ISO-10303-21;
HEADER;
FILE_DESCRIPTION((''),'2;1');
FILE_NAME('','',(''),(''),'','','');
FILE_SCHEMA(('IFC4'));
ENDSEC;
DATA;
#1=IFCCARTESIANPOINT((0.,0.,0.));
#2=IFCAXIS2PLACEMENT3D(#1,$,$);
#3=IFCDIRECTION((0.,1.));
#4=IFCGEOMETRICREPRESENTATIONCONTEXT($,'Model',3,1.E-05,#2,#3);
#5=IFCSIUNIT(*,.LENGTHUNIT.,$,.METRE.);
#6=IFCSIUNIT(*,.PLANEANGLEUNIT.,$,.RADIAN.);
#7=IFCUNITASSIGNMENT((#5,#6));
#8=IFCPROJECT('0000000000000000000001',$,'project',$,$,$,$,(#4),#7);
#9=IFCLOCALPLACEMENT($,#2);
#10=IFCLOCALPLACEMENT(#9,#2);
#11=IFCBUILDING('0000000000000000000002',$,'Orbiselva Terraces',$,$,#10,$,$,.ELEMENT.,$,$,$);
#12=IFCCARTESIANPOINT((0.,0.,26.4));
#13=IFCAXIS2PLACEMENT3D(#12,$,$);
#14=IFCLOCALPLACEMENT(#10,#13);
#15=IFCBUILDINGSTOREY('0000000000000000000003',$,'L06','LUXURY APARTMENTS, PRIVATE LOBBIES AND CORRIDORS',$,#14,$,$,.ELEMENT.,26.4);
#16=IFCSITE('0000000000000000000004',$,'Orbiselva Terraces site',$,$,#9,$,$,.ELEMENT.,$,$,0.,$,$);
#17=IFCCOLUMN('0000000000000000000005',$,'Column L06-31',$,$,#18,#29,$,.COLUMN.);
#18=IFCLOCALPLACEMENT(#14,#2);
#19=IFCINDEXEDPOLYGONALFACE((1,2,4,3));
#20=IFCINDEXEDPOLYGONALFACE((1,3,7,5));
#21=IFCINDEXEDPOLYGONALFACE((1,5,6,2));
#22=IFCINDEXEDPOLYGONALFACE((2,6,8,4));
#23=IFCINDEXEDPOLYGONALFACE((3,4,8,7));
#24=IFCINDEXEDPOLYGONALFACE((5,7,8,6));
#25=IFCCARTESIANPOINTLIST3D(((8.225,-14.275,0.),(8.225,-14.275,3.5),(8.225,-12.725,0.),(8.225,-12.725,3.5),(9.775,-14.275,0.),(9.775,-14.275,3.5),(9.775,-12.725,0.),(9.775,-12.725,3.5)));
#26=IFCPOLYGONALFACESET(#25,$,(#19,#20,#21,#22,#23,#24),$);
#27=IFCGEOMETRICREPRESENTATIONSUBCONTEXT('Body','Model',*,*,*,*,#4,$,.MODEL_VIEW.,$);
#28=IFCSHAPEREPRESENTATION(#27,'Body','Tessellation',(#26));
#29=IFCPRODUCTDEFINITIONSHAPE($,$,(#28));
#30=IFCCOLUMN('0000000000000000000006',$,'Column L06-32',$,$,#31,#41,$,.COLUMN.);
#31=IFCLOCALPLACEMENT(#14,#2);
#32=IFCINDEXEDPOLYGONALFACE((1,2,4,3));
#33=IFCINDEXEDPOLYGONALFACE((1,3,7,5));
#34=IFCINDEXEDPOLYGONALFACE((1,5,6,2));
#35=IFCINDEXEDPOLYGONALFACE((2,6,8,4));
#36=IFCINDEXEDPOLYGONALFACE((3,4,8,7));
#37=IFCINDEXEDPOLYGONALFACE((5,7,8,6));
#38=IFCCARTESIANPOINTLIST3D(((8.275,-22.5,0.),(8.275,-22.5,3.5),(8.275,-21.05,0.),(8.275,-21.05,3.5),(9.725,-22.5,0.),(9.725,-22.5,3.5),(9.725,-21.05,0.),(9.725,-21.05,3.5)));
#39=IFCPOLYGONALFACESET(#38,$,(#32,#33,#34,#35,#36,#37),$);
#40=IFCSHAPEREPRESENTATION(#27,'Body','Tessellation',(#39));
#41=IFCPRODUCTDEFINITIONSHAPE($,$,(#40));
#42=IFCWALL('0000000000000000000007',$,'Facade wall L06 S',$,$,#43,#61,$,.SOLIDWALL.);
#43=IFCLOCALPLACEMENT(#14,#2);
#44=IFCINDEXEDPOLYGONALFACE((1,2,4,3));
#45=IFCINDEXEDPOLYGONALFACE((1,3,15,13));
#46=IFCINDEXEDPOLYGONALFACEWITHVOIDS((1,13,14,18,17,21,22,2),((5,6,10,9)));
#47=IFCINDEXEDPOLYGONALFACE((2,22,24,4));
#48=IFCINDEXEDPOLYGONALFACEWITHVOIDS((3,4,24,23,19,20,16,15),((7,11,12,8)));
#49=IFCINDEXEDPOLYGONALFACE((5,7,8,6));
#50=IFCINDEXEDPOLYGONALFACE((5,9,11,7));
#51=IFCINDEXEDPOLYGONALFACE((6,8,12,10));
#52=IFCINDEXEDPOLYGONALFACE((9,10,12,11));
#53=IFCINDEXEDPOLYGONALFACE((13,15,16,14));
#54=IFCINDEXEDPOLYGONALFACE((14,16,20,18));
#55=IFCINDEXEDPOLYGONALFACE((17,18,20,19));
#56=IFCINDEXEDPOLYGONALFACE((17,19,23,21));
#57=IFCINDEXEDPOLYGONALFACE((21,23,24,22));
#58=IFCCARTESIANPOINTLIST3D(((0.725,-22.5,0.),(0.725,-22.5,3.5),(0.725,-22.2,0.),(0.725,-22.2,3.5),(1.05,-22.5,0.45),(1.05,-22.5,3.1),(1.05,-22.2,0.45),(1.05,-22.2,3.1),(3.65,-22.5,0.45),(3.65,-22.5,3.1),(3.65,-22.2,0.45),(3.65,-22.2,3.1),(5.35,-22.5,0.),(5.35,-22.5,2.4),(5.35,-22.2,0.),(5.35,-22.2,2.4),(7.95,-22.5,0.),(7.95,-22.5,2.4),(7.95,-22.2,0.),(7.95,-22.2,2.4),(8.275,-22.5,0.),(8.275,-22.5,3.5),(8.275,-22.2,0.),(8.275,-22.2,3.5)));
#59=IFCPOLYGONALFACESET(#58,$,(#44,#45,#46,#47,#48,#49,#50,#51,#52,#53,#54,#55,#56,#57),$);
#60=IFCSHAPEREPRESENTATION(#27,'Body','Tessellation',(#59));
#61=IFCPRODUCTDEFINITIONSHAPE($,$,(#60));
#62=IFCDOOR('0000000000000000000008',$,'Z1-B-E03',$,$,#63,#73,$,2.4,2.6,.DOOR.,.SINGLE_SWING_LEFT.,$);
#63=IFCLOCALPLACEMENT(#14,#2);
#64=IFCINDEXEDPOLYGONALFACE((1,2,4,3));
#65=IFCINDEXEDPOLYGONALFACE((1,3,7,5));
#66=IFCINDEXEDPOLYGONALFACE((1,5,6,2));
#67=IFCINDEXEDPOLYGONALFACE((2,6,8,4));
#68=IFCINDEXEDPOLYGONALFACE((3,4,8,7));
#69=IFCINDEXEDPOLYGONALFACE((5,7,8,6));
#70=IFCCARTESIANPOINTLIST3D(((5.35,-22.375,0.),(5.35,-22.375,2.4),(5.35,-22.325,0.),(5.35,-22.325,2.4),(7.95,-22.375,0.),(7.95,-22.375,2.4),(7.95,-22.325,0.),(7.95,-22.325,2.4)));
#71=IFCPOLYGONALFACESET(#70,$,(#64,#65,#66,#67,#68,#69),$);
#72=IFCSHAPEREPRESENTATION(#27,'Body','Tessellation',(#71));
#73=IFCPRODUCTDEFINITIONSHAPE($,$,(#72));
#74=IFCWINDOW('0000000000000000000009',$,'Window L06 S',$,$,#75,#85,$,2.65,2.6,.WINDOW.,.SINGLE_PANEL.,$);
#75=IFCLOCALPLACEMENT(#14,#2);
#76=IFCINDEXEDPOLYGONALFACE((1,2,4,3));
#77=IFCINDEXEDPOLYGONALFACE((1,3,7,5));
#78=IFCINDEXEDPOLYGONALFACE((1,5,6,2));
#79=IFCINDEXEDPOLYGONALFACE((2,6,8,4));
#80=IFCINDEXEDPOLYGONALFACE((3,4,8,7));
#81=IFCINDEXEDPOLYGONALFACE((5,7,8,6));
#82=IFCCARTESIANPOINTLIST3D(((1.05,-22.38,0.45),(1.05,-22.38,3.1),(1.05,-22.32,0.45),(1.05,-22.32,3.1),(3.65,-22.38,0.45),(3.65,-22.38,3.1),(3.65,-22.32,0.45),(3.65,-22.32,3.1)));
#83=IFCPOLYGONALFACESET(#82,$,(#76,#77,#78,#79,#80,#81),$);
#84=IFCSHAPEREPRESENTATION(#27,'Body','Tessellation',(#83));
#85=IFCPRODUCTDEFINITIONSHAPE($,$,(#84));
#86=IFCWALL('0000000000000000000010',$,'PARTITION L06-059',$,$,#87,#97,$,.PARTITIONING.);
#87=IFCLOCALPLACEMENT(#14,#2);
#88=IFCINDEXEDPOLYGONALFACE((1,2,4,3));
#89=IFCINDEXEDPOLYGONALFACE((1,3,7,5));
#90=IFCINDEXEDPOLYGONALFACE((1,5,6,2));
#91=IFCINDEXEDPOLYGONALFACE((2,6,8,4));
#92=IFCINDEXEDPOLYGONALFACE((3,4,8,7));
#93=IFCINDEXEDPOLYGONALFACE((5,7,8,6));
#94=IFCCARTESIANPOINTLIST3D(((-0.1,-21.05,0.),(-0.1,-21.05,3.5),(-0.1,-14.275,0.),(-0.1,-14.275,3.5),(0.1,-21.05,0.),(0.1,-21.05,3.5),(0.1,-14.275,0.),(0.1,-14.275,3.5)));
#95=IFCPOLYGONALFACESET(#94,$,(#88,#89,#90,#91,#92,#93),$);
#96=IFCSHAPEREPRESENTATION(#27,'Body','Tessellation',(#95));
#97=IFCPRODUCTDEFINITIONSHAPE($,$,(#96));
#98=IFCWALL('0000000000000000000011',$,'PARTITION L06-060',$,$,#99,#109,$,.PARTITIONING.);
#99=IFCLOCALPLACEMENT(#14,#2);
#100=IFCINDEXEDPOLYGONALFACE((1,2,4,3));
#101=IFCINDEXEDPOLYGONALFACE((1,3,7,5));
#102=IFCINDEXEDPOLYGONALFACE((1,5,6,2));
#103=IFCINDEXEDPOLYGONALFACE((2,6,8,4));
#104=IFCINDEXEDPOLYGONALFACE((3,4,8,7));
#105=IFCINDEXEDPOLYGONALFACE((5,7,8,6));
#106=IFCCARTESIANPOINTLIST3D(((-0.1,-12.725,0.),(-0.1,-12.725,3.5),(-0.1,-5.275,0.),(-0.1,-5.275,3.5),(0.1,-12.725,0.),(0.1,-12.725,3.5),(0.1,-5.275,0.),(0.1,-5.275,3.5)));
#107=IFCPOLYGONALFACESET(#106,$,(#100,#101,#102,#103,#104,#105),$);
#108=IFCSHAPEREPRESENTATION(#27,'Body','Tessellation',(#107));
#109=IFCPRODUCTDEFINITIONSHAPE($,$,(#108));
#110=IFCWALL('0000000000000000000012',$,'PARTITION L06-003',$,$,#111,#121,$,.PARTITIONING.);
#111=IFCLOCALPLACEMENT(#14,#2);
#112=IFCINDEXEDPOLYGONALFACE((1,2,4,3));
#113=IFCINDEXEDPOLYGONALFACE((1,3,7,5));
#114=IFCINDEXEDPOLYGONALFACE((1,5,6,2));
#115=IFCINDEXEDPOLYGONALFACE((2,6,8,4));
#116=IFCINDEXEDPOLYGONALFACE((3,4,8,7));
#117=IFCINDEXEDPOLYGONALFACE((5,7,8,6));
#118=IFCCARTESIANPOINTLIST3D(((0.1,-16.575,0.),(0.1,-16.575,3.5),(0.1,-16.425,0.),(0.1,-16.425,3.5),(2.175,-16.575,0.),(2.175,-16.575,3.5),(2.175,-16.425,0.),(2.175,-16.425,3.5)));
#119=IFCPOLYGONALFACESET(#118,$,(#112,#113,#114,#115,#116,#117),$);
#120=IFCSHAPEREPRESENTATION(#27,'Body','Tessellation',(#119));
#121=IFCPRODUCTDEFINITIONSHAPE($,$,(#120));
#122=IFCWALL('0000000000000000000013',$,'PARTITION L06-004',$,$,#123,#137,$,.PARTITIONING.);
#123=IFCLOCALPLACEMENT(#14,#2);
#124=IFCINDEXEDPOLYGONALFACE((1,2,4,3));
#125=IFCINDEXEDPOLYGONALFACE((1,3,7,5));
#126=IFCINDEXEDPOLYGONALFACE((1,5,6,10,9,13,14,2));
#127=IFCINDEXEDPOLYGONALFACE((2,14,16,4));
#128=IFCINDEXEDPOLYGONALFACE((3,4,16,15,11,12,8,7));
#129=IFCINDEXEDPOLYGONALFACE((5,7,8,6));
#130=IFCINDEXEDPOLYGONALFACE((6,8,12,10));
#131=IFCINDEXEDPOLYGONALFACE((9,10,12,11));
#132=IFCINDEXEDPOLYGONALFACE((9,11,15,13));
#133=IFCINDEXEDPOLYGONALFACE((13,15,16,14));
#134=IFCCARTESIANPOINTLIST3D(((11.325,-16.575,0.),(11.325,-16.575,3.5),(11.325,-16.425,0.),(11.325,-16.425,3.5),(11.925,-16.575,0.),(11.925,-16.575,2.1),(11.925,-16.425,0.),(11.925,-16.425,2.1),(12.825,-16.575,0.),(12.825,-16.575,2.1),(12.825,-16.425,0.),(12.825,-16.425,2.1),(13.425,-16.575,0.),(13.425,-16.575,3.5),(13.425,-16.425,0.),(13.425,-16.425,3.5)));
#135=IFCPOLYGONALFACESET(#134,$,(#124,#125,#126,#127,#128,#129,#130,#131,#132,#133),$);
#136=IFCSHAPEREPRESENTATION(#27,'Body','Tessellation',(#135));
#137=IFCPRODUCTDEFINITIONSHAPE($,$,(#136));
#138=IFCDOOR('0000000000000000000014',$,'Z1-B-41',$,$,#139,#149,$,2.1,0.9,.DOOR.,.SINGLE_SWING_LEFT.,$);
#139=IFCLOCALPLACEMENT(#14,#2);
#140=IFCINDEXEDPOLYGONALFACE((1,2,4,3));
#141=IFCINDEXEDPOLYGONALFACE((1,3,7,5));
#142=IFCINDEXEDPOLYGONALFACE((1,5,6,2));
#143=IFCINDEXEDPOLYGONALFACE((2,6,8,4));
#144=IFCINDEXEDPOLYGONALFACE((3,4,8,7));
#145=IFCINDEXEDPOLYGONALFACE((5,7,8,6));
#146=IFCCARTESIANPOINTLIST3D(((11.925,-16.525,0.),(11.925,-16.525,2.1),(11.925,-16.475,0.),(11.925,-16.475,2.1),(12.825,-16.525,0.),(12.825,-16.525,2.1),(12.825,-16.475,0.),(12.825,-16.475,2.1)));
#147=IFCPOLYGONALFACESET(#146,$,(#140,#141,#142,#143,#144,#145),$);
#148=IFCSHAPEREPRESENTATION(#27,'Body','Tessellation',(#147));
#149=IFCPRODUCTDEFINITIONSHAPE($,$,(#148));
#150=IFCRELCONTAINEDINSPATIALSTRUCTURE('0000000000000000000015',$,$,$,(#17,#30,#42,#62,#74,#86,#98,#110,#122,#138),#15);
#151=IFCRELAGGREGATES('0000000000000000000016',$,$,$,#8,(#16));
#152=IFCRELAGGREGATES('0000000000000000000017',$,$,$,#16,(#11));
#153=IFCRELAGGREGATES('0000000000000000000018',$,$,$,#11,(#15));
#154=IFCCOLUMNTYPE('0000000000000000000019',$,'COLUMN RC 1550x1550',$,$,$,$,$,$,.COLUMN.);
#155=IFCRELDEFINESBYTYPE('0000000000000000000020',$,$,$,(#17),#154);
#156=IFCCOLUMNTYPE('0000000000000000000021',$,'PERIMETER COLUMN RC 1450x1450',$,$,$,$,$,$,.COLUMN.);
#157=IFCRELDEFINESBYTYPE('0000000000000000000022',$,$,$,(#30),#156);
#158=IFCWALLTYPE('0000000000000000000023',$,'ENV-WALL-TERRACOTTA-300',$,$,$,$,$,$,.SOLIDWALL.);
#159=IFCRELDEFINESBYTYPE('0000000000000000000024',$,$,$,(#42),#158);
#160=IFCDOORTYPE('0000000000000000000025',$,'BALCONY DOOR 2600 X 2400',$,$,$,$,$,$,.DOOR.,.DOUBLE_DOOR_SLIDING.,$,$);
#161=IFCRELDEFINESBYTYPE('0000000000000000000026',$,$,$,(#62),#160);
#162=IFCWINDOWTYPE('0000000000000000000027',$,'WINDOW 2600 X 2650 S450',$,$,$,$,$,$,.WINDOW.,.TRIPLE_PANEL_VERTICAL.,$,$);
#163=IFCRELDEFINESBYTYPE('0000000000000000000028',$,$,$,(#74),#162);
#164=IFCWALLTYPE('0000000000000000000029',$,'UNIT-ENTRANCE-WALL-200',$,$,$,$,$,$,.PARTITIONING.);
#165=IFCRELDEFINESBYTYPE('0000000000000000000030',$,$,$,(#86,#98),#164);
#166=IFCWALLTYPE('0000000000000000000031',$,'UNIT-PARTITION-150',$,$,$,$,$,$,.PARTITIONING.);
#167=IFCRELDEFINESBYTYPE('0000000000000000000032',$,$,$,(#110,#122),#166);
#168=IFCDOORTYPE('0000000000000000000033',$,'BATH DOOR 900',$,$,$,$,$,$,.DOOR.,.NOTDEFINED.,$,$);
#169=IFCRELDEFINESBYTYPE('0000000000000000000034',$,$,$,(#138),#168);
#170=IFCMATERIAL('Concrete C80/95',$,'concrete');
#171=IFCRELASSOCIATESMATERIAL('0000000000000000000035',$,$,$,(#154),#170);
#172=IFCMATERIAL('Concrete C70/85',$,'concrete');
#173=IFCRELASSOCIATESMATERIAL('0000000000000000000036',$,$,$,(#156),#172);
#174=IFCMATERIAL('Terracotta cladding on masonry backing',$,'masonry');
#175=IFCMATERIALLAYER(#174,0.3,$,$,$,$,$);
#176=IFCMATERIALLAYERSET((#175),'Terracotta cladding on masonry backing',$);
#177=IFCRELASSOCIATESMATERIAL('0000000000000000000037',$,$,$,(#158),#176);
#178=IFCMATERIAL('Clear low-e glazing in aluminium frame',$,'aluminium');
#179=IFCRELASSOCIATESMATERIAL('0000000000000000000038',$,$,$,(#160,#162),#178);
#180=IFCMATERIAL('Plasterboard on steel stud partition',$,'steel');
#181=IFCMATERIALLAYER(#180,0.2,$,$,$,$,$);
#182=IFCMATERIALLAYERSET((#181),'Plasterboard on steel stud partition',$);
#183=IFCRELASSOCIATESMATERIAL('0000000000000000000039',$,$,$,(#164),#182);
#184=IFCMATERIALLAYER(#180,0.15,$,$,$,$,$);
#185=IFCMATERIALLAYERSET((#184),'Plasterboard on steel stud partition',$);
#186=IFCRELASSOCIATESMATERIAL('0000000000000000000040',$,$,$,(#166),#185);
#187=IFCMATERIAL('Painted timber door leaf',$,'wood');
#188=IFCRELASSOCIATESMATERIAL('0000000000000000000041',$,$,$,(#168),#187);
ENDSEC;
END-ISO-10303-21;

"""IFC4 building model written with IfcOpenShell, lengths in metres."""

from ifc_helpers import new_model, si_unit, direction, frame, frame_2d, origin, origin_2d, place, context, subcontext, project, spatial, rectangle, extrude, material, layer, layer_set, material_profile, profile_set, type_object, element, fill, save


model = new_model("IFC4")

# Units and contexts
model_context = context("Model", 3, precision=1e-05, world=origin(), true_north=direction((0.0, 1.0)))
body_context = subcontext(model_context, "Body", "Model", "MODEL_VIEW")
ifc_project = project(units=[si_unit("LENGTHUNIT", "METRE"), si_unit("PLANEANGLEUNIT", "RADIAN")], contexts=[model_context])

# Site, building, storey
site_placement = place(None, origin())
site = spatial("IfcSite", under=ifc_project, at=site_placement, Name="Orbiselva Terraces site", CompositionType="ELEMENT", RefElevation=0.0)
building_placement = place(site_placement, origin())
building = spatial("IfcBuilding", under=site, at=building_placement, Name="Orbiselva Terraces", CompositionType="ELEMENT")
storey_placement = place(building_placement, frame((0.0, 0.0, 26.4)))
storey = spatial("IfcBuildingStorey", under=building, at=storey_placement, Name="L06", Description="LUXURY APARTMENTS, PRIVATE LOBBIES AND CORRIDORS", CompositionType="ELEMENT", Elevation=26.4)

# Columns
ifc_material_1 = material(Name="Concrete C80/95", Category="concrete")
ifc_material_profile_1 = material_profile(ifc_material_1, rectangle(XDim=1.55, YDim=1.55, at=origin_2d()), Name="RC 1550x1550")
ifc_profile_set_1 = profile_set([ifc_material_profile_1], Name="Concrete C80/95")
column_type_1 = type_object("IfcColumnType", Name="COLUMN RC 1550x1550", PredefinedType="COLUMN", material=ifc_profile_set_1)
column_1_placement = place(storey_placement, frame((9.0, -13.5, 0.0), z_axis=(0.0, 0.0, 1.0), x_axis=(1.0, 0.0, 0.0)))
element("IfcColumn", 1, at=column_1_placement, inside=storey, type_object=column_type_1, Name="Column L06-31", PredefinedType="COLUMN", context=body_context, shape_type="SweptSolid", body=[
    extrude(rectangle(XDim=1.55, YDim=1.55, at=origin_2d()), origin(), (0.0, 0.0, 1.0), 3.5),
])
ifc_material_2 = material(Name="Concrete C70/85", Category="concrete")
ifc_material_profile_2 = material_profile(ifc_material_2, rectangle(XDim=1.45, YDim=1.45, at=origin_2d()), Name="RC 1450x1450")
ifc_profile_set_2 = profile_set([ifc_material_profile_2], Name="Concrete C70/85")
column_type_2 = type_object("IfcColumnType", Name="PERIMETER COLUMN RC 1450x1450", PredefinedType="COLUMN", material=ifc_profile_set_2)
column_2_placement = place(storey_placement, frame((9.0, -21.775, 0.0), z_axis=(0.0, 0.0, 1.0), x_axis=(1.0, 0.0, 0.0)))
element("IfcColumn", 2, at=column_2_placement, inside=storey, type_object=column_type_2, Name="Column L06-32", PredefinedType="COLUMN", context=body_context, shape_type="SweptSolid", body=[
    extrude(rectangle(XDim=1.45, YDim=1.45, at=origin_2d()), origin(), (0.0, 0.0, 1.0), 3.5),
])

# Wall, openings, door, window
ifc_material_3 = material(Name="Terracotta cladding on masonry backing", Category="masonry")
ifc_layer_1 = layer(ifc_material_3, 0.3)
ifc_layer_set_1 = layer_set([ifc_layer_1], Name="Terracotta cladding on masonry backing")
wall_type_1 = type_object("IfcWallType", Name="ENV-WALL-TERRACOTTA-300", PredefinedType="SOLIDWALL", material=ifc_layer_set_1)
wall_1_placement = place(storey_placement, frame((8.275, -22.35, 0.0), z_axis=(0.0, 0.0, 1.0), x_axis=(-1.0, 0.0, 0.0)))
wall_1 = element("IfcWall", 3, at=wall_1_placement, inside=storey, type_object=wall_type_1, Name="Facade wall L06 S", PredefinedType="SOLIDWALL", context=body_context, shape_type="SweptSolid", body=[
    extrude(rectangle(XDim=7.55, YDim=0.3, at=frame_2d((3.775, 0.0))), origin(), (0.0, 0.0, 1.0), 3.5),
])
opening_1_placement = place(wall_1_placement, frame((4.625, 0.0, 0.45)))
opening_1 = element("IfcOpeningElement", 4, at=opening_1_placement, cuts=wall_1, PredefinedType="OPENING", context=body_context, shape_type="SweptSolid", body=[
    extrude(rectangle(XDim=2.6, YDim=2.65, at=frame_2d((1.3, 1.325))), frame((0.0, 0.16, 0.0), z_axis=(0.0, -1.0, 0.0), x_axis=(1.0, 0.0, 0.0)), (0.0, 0.0, 1.0), 0.32),
])
opening_2_placement = place(wall_1_placement, frame((0.325, 0.0, 0.0)))
opening_2 = element("IfcOpeningElement", 5, at=opening_2_placement, cuts=wall_1, PredefinedType="OPENING", context=body_context, shape_type="SweptSolid", body=[
    extrude(rectangle(XDim=2.6, YDim=2.4, at=frame_2d((1.3, 1.2))), frame((0.0, 0.16, 0.0), z_axis=(0.0, -1.0, 0.0), x_axis=(1.0, 0.0, 0.0)), (0.0, 0.0, 1.0), 0.32),
])
ifc_material_4 = material(Name="Clear low-e glazing in aluminium frame", Category="aluminium")
door_type_1 = type_object("IfcDoorType", Name="BALCONY DOOR 2600 X 2400", OperationType="DOUBLE_DOOR_SLIDING", PredefinedType="DOOR", material=ifc_material_4)
door_1_placement = place(opening_2_placement, origin())
door_1 = element("IfcDoor", 6, at=door_1_placement, inside=storey, type_object=door_type_1, Name="Z1-B-E03", OperationType="SINGLE_SWING_LEFT", OverallHeight=2.4, OverallWidth=2.6, PredefinedType="DOOR", context=body_context, shape_type="SweptSolid", body=[
    extrude(rectangle(XDim=2.6, YDim=2.4, at=frame_2d((1.3, 1.2))), frame((0.0, 0.025, 0.0), z_axis=(0.0, -1.0, 0.0), x_axis=(1.0, 0.0, 0.0)), (0.0, 0.0, 1.0), 0.05),
])
fill(opening_2, door_1)
window_type = type_object("IfcWindowType", Name="WINDOW 2600 X 2650 S450", PartitioningType="TRIPLE_PANEL_VERTICAL", PredefinedType="WINDOW", material=ifc_material_4)
window_placement = place(opening_1_placement, origin())
window = element("IfcWindow", 7, at=window_placement, inside=storey, type_object=window_type, Name="Window L06 S", OverallHeight=2.65, OverallWidth=2.6, PartitioningType="SINGLE_PANEL", PredefinedType="WINDOW", context=body_context, shape_type="SweptSolid", body=[
    extrude(rectangle(XDim=2.6, YDim=2.65, at=frame_2d((1.3, 1.325))), frame((0.0, 0.03, 0.0), z_axis=(0.0, -1.0, 0.0), x_axis=(1.0, 0.0, 0.0)), (0.0, 0.0, 1.0), 0.06),
])
fill(opening_1, window)

# Walls
ifc_material_5 = material(Name="Plasterboard on steel stud partition", Category="steel")
ifc_layer_2 = layer(ifc_material_5, 0.2)
ifc_layer_set_2 = layer_set([ifc_layer_2], Name="Plasterboard on steel stud partition")
wall_type_2 = type_object("IfcWallType", Name="UNIT-ENTRANCE-WALL-200", PredefinedType="PARTITIONING", material=ifc_layer_set_2)
wall_2_placement = place(storey_placement, frame((0.0, -21.05, 0.0), z_axis=(0.0, 0.0, 1.0), x_axis=(0.0, 1.0, 0.0)))
element("IfcWall", 8, at=wall_2_placement, inside=storey, type_object=wall_type_2, Name="PARTITION L06-059", PredefinedType="PARTITIONING", context=body_context, shape_type="SweptSolid", body=[
    extrude(rectangle(XDim=6.775, YDim=0.2, at=frame_2d((3.3875, 0.0))), origin(), (0.0, 0.0, 1.0), 3.5),
])
wall_3_placement = place(storey_placement, frame((0.0, -12.725, 0.0), z_axis=(0.0, 0.0, 1.0), x_axis=(0.0, 1.0, 0.0)))
element("IfcWall", 9, at=wall_3_placement, inside=storey, type_object=wall_type_2, Name="PARTITION L06-060", PredefinedType="PARTITIONING", context=body_context, shape_type="SweptSolid", body=[
    extrude(rectangle(XDim=7.45, YDim=0.2, at=frame_2d((3.725, 0.0))), origin(), (0.0, 0.0, 1.0), 3.5),
])
ifc_layer_3 = layer(ifc_material_5, 0.15)
ifc_layer_set_3 = layer_set([ifc_layer_3], Name="Plasterboard on steel stud partition")
wall_type_3 = type_object("IfcWallType", Name="UNIT-PARTITION-150", PredefinedType="PARTITIONING", material=ifc_layer_set_3)
wall_4_placement = place(storey_placement, frame((0.1, -16.5, 0.0), z_axis=(0.0, 0.0, 1.0), x_axis=(1.0, 0.0, 0.0)))
element("IfcWall", 10, at=wall_4_placement, inside=storey, type_object=wall_type_3, Name="PARTITION L06-003", PredefinedType="PARTITIONING", context=body_context, shape_type="SweptSolid", body=[
    extrude(rectangle(XDim=2.075, YDim=0.15, at=frame_2d((1.0375, 0.0))), origin(), (0.0, 0.0, 1.0), 3.5),
])

# Wall, opening, door
wall_5_placement = place(storey_placement, frame((11.325, -16.5, 0.0), z_axis=(0.0, 0.0, 1.0), x_axis=(1.0, 0.0, 0.0)))
wall_5 = element("IfcWall", 11, at=wall_5_placement, inside=storey, type_object=wall_type_3, Name="PARTITION L06-004", PredefinedType="PARTITIONING", context=body_context, shape_type="SweptSolid", body=[
    extrude(rectangle(XDim=2.1, YDim=0.15, at=frame_2d((1.05, 0.0))), origin(), (0.0, 0.0, 1.0), 3.5),
])
opening_3_placement = place(wall_5_placement, frame((0.6, 0.0, 0.0)))
opening_3 = element("IfcOpeningElement", 12, at=opening_3_placement, cuts=wall_5, PredefinedType="OPENING", context=body_context, shape_type="SweptSolid", body=[
    extrude(rectangle(XDim=0.9, YDim=2.1, at=frame_2d((0.45, 1.05))), frame((0.0, 0.085, 0.0), z_axis=(0.0, -1.0, 0.0), x_axis=(1.0, 0.0, 0.0)), (0.0, 0.0, 1.0), 0.17),
])
ifc_material_6 = material(Name="Painted timber door leaf", Category="wood")
door_type_2 = type_object("IfcDoorType", Name="BATH DOOR 900", OperationType="NOTDEFINED", PredefinedType="DOOR", material=ifc_material_6)
door_2_placement = place(opening_3_placement, origin())
door_2 = element("IfcDoor", 13, at=door_2_placement, inside=storey, type_object=door_type_2, Name="Z1-B-41", OperationType="SINGLE_SWING_LEFT", OverallHeight=2.1, OverallWidth=0.9, PredefinedType="DOOR", context=body_context, shape_type="SweptSolid", body=[
    extrude(rectangle(XDim=0.9, YDim=2.1, at=frame_2d((0.45, 1.05))), frame((0.0, 0.025, 0.0), z_axis=(0.0, -1.0, 0.0), x_axis=(1.0, 0.0, 0.0)), (0.0, 0.0, 1.0), 0.05),
])
fill(opening_3, door_2)

save(model, "model.ifc")
